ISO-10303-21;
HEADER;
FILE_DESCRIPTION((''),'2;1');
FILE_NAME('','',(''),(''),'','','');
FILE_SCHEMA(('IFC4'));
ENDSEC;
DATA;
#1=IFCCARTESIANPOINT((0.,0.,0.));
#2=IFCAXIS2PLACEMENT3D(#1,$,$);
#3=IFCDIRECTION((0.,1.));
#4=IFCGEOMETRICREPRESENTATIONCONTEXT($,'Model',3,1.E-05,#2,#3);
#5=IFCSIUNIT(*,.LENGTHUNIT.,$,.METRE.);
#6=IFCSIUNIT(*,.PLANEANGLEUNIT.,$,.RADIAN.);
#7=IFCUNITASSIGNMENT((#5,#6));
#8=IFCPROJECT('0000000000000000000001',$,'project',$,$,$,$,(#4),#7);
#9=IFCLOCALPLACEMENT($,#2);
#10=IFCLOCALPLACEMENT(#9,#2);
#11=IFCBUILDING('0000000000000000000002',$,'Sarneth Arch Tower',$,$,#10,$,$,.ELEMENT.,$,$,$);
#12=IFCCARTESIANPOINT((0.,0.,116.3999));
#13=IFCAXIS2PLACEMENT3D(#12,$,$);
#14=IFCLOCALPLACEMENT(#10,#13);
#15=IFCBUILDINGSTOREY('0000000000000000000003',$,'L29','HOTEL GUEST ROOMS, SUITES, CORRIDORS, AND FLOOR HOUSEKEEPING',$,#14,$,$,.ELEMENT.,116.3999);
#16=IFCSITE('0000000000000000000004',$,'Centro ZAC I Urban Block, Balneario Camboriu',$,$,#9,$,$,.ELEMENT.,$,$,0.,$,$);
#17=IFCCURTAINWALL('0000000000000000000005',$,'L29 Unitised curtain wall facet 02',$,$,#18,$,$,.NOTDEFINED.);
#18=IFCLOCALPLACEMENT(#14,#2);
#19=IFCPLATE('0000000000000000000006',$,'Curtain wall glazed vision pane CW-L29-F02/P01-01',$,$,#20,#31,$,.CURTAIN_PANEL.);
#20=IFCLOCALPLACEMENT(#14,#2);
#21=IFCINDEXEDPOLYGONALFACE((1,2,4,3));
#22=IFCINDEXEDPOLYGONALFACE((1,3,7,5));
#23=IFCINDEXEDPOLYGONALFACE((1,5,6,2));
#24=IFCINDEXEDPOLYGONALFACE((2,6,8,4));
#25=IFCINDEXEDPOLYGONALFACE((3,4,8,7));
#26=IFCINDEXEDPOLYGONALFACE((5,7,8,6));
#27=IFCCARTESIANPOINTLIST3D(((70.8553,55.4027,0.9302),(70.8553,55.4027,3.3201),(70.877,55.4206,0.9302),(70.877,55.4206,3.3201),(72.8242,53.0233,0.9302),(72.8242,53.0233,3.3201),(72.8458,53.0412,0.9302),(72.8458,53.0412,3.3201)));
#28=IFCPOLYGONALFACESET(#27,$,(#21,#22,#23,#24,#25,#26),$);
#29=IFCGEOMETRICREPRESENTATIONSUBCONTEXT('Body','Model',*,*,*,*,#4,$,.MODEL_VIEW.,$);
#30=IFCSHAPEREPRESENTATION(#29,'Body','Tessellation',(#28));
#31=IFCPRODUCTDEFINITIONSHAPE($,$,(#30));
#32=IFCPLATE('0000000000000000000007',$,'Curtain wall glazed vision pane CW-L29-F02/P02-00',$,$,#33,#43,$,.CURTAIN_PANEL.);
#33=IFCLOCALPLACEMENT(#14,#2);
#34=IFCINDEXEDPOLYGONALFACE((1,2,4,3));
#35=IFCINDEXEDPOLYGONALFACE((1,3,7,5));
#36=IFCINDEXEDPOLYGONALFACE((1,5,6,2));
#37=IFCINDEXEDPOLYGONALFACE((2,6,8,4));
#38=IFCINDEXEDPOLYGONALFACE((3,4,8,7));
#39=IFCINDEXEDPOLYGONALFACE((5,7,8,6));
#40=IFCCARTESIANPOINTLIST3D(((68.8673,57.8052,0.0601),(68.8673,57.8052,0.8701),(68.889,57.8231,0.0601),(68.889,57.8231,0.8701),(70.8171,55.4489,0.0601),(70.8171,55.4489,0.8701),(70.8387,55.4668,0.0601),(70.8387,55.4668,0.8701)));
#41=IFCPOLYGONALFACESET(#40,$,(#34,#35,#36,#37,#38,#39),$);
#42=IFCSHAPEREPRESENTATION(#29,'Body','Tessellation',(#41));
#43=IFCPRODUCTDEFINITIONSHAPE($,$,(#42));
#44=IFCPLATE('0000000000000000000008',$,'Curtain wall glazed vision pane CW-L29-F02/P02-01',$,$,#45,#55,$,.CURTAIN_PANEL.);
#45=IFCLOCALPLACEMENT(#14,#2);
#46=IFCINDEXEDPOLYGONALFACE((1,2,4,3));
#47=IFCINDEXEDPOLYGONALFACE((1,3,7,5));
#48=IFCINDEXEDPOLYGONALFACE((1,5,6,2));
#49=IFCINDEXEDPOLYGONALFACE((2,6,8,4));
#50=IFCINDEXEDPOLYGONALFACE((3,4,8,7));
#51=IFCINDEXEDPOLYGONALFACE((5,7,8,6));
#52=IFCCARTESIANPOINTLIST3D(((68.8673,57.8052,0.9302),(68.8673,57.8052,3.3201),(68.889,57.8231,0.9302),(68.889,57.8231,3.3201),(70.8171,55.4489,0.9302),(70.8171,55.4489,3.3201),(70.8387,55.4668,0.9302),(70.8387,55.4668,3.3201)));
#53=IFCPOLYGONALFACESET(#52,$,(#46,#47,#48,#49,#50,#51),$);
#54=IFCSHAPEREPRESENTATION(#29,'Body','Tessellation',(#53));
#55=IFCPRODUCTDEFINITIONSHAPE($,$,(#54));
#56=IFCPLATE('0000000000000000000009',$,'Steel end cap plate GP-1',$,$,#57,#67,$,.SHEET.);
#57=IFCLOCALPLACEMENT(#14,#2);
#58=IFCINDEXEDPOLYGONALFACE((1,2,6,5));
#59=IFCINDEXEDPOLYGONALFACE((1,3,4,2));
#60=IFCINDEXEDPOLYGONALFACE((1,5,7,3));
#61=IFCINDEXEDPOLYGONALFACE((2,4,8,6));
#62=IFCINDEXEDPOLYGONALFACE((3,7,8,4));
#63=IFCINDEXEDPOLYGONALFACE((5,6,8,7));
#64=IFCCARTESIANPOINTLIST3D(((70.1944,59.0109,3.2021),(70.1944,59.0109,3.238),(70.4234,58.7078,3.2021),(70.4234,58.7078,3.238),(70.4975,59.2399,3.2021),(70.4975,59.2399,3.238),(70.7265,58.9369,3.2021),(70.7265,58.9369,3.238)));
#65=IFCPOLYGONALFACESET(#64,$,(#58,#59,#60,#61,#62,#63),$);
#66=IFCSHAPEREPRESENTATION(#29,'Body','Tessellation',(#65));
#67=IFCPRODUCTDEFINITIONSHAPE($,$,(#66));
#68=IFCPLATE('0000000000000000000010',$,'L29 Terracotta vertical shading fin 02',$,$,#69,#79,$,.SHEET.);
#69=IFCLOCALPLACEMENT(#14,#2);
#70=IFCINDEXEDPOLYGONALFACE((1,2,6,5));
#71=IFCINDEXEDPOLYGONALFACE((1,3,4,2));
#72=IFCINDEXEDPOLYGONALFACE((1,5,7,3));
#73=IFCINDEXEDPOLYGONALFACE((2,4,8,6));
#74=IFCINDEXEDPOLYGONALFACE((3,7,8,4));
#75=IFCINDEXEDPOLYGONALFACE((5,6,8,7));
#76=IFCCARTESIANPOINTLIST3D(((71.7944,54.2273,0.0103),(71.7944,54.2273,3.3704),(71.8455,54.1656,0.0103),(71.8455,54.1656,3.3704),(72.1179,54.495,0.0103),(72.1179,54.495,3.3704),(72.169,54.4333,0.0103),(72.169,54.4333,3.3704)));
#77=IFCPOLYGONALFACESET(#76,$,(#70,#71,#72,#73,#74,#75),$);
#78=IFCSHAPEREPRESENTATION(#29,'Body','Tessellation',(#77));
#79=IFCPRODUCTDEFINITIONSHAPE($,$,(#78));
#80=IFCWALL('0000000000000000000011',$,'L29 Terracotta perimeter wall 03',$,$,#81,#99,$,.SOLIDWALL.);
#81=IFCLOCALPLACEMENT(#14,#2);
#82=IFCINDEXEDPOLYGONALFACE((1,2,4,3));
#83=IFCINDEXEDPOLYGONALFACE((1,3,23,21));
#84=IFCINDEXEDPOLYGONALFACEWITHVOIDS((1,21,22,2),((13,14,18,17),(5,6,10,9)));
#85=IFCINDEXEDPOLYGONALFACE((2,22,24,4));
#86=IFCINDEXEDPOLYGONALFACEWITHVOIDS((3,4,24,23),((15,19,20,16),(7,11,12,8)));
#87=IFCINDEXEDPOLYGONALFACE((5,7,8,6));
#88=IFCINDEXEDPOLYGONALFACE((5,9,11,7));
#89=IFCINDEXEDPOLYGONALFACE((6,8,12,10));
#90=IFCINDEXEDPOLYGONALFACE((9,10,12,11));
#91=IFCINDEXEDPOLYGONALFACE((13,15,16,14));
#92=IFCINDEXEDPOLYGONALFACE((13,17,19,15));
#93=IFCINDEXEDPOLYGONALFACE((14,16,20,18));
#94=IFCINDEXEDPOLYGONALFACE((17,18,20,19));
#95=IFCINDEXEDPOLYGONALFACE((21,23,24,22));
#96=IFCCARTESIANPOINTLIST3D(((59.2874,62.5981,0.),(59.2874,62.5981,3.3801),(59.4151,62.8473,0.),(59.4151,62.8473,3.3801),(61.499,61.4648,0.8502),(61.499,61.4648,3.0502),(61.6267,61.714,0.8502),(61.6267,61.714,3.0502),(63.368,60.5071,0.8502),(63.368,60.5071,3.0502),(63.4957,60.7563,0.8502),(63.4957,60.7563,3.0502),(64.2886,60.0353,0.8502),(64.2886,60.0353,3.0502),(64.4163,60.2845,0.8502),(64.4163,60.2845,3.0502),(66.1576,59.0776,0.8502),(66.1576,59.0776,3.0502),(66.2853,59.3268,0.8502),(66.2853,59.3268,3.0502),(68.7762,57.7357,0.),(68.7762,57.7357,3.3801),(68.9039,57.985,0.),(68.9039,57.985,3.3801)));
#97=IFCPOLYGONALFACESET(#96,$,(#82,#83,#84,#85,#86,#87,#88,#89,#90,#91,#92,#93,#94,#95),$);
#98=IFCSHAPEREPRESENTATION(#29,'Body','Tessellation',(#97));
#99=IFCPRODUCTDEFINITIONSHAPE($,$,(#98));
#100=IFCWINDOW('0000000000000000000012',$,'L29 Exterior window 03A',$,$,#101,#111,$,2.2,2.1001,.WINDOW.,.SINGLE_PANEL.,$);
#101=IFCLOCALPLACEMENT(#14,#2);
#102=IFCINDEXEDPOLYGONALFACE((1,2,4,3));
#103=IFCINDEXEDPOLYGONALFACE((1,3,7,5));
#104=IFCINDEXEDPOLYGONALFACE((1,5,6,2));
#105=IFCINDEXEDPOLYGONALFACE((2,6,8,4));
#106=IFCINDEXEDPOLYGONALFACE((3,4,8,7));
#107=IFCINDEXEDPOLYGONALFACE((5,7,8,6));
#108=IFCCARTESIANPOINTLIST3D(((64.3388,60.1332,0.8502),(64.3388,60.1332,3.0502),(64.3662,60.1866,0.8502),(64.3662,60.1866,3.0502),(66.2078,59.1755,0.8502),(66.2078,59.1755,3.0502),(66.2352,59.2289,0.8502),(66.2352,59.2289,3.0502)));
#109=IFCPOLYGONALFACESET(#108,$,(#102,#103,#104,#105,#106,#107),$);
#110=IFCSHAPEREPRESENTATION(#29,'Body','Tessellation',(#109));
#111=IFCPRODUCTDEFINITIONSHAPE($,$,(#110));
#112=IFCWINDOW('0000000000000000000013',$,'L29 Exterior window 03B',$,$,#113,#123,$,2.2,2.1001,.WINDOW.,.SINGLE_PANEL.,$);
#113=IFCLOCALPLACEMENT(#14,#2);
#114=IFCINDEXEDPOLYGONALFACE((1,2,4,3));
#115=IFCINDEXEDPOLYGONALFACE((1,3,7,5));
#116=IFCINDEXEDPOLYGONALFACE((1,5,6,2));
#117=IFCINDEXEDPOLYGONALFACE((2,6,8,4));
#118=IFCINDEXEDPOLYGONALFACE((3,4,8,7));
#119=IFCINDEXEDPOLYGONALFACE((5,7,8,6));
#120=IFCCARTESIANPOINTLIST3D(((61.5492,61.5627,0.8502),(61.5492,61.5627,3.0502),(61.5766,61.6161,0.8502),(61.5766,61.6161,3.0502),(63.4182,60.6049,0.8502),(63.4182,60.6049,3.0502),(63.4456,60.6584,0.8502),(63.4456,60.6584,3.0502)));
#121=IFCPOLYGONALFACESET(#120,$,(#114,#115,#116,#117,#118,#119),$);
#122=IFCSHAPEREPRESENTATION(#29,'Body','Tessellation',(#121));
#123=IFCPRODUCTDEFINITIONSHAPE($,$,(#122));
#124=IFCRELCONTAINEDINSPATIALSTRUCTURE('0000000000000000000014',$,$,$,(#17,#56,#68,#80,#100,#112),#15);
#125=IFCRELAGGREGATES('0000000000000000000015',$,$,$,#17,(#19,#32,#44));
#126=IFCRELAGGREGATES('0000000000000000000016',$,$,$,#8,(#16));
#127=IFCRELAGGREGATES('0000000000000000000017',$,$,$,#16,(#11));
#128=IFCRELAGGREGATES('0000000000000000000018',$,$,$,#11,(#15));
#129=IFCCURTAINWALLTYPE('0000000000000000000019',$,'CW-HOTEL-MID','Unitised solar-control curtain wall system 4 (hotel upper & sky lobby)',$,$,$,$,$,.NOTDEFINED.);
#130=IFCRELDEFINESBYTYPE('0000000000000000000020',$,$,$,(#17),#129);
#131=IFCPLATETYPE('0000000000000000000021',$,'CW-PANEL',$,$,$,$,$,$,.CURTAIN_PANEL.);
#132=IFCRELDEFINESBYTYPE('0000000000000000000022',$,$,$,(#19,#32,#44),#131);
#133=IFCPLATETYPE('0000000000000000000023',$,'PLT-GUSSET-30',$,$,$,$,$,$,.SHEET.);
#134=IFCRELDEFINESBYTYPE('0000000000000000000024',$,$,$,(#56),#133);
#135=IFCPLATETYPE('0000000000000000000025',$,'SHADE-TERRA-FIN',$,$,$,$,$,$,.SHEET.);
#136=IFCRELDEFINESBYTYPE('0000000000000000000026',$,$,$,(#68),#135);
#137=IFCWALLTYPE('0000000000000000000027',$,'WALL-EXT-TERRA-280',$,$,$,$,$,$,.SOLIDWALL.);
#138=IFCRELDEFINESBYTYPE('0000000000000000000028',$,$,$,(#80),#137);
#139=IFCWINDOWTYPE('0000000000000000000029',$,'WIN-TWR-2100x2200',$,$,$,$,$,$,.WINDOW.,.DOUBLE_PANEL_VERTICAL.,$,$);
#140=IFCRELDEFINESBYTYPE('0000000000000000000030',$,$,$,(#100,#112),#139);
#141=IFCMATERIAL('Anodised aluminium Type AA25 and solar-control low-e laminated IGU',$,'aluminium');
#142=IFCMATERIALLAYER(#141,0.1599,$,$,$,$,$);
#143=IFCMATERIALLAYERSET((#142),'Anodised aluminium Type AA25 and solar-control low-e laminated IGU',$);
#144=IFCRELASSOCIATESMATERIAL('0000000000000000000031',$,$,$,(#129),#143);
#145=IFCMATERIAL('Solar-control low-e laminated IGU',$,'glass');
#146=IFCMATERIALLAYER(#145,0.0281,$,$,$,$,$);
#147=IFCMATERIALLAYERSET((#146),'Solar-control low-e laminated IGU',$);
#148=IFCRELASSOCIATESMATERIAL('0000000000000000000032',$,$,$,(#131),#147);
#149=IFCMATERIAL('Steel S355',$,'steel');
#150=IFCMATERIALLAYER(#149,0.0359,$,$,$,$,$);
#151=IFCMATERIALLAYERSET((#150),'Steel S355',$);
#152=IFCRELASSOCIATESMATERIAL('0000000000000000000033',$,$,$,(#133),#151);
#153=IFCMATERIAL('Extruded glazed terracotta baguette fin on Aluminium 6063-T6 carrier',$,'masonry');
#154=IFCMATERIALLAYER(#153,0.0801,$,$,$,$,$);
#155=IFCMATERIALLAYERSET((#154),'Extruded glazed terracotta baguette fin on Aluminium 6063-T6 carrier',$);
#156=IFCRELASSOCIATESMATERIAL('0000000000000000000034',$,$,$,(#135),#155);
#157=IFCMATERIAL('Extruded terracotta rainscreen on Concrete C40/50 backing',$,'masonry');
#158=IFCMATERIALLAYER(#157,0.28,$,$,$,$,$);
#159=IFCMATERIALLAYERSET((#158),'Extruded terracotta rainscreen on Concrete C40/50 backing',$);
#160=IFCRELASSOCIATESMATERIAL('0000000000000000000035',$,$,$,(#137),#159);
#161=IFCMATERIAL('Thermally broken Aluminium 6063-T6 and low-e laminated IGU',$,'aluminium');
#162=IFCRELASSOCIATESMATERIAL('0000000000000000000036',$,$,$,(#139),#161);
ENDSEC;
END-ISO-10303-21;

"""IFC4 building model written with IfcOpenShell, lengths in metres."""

from ifc_helpers import new_model, si_unit, direction, frame, frame_2d, origin, origin_2d, place, context, subcontext, project, spatial, rectangle, extrude, material, layer, layer_set, type_object, element, fill, aggregate, save


model = new_model("IFC4")

# Units and contexts
model_context = context("Model", 3, precision=1e-05, world=origin(), true_north=direction((0.0, 1.0)))
body_context = subcontext(model_context, "Body", "Model", "MODEL_VIEW")
ifc_project = project(units=[si_unit("LENGTHUNIT", "METRE"), si_unit("PLANEANGLEUNIT", "RADIAN")], contexts=[model_context])

# Site, building, storey
site_placement = place(None, origin())
site = spatial("IfcSite", under=ifc_project, at=site_placement, Name="Centro ZAC I Urban Block, Balneario Camboriu", CompositionType="ELEMENT", RefElevation=0.0)
building_placement = place(site_placement, origin())
building = spatial("IfcBuilding", under=site, at=building_placement, Name="Sarneth Arch Tower", CompositionType="ELEMENT")
storey_placement = place(building_placement, frame((0.0, 0.0, 116.3999)))
storey = spatial("IfcBuildingStorey", under=building, at=storey_placement, Name="L29", Description="HOTEL GUEST ROOMS, SUITES, CORRIDORS, AND FLOOR HOUSEKEEPING", CompositionType="ELEMENT", Elevation=116.3999)

# Curtain wall
ifc_material_1 = material(Name="Anodised aluminium Type AA25 and solar-control low-e laminated IGU", Category="aluminium")
ifc_layer_1 = layer(ifc_material_1, 0.1599)
ifc_layer_set_1 = layer_set([ifc_layer_1], Name="Anodised aluminium Type AA25 and solar-control low-e laminated IGU")
curtain_wall_type = type_object("IfcCurtainWallType", Name="CW-HOTEL-MID", Description="Unitised solar-control curtain wall system 4 (hotel upper & sky lobby)", PredefinedType="NOTDEFINED", material=ifc_layer_set_1)
curtain_wall_placement = place(storey_placement, origin())
curtain_wall = element("IfcCurtainWall", 1, at=curtain_wall_placement, inside=storey, type_object=curtain_wall_type, Name="L29 Unitised curtain wall facet 02", PredefinedType="NOTDEFINED")

# Plates
ifc_material_2 = material(Name="Solar-control low-e laminated IGU", Category="glass")
ifc_layer_2 = layer(ifc_material_2, 0.0281)
ifc_layer_set_2 = layer_set([ifc_layer_2], Name="Solar-control low-e laminated IGU")
plate_type_1 = type_object("IfcPlateType", Name="CW-PANEL", PredefinedType="CURTAIN_PANEL", material=ifc_layer_set_2)
plate_1_placement = place(storey_placement, frame((71.8506, 54.2219, 0.9302), z_axis=(0.0, 0.0, 1.0), x_axis=(-0.637515, 0.770438, 0.0)))
plate_1 = element("IfcPlate", 2, at=plate_1_placement, type_object=plate_type_1, Name="Curtain wall glazed vision pane CW-L29-F02/P01-01", PredefinedType="CURTAIN_PANEL", context=body_context, shape_type="SweptSolid", body=[
    extrude(rectangle(XDim=3.0884, YDim=0.0281, at=origin_2d()), origin(), (0.0, 0.0, 1.0), 2.3899),
])
plate_2_placement = place(storey_placement, frame((69.853, 56.636, 0.0601), z_axis=(0.0, 0.0, 1.0), x_axis=(-0.637515, 0.770438, 0.0)))
plate_2 = element("IfcPlate", 3, at=plate_2_placement, type_object=plate_type_1, Name="Curtain wall glazed vision pane CW-L29-F02/P02-00", PredefinedType="CURTAIN_PANEL", context=body_context, shape_type="SweptSolid", body=[
    extrude(rectangle(XDim=3.0583, YDim=0.0281, at=origin_2d()), origin(), (0.0, 0.0, 1.0), 0.8101),
])
plate_3_placement = place(storey_placement, frame((69.853, 56.636, 0.9302), z_axis=(0.0, 0.0, 1.0), x_axis=(-0.637515, 0.770438, 0.0)))
plate_3 = element("IfcPlate", 4, at=plate_3_placement, type_object=plate_type_1, Name="Curtain wall glazed vision pane CW-L29-F02/P02-01", PredefinedType="CURTAIN_PANEL", context=body_context, shape_type="SweptSolid", body=[
    extrude(rectangle(XDim=3.0583, YDim=0.0281, at=origin_2d()), origin(), (0.0, 0.0, 1.0), 2.3899),
])
aggregate(curtain_wall, [plate_1, plate_2, plate_3])

# Plates
ifc_material_3 = material(Name="Steel S355", Category="steel")
ifc_layer_3 = layer(ifc_material_3, 0.0359)
ifc_layer_set_3 = layer_set([ifc_layer_3], Name="Steel S355")
plate_type_2 = type_object("IfcPlateType", Name="PLT-GUSSET-30", PredefinedType="SHEET", material=ifc_layer_set_3)
plate_4_placement = place(storey_placement, frame((70.4604, 58.9739, 3.2021), z_axis=(0.0, 0.0, 1.0), x_axis=(0.797794, 0.60293, 0.0)))
element("IfcPlate", 5, at=plate_4_placement, inside=storey, type_object=plate_type_2, Name="Steel end cap plate GP-1", PredefinedType="SHEET", context=body_context, shape_type="SweptSolid", body=[
    extrude(rectangle(XDim=0.3799, YDim=0.3799, at=origin_2d()), origin(), (0.0, 0.0, 1.0), 0.0359),
])
ifc_material_4 = material(Name="Extruded glazed terracotta baguette fin on Aluminium 6063-T6 carrier", Category="masonry")
ifc_layer_4 = layer(ifc_material_4, 0.0801)
ifc_layer_set_4 = layer_set([ifc_layer_4], Name="Extruded glazed terracotta baguette fin on Aluminium 6063-T6 carrier")
plate_type_3 = type_object("IfcPlateType", Name="SHADE-TERRA-FIN", PredefinedType="SHEET", material=ifc_layer_set_4)
plate_5_placement = place(storey_placement, frame((71.9817, 54.3303, 0.0103), z_axis=(0.0, 0.0, 1.0), x_axis=(0.770402, 0.637558, 0.0)))
element("IfcPlate", 6, at=plate_5_placement, inside=storey, type_object=plate_type_3, Name="L29 Terracotta vertical shading fin 02", PredefinedType="SHEET", context=body_context, shape_type="SweptSolid", body=[
    extrude(rectangle(XDim=0.4199, YDim=0.0801, at=origin_2d()), origin(), (0.0, 0.0, 1.0), 3.3601),
])

# Wall, openings, windows
ifc_material_5 = material(Name="Extruded terracotta rainscreen on Concrete C40/50 backing", Category="masonry")
ifc_layer_5 = layer(ifc_material_5, 0.28)
ifc_layer_set_5 = layer_set([ifc_layer_5], Name="Extruded terracotta rainscreen on Concrete C40/50 backing")
wall_type = type_object("IfcWallType", Name="WALL-EXT-TERRA-280", PredefinedType="SOLIDWALL", material=ifc_layer_set_5)
wall_placement = place(storey_placement, frame((68.8401, 57.8604, 0.0), z_axis=(0.0, 0.0, 1.0), x_axis=(-0.88996, 0.45604, 0.0)))
wall = element("IfcWall", 7, at=wall_placement, inside=storey, type_object=wall_type, Name="L29 Terracotta perimeter wall 03", PredefinedType="SOLIDWALL", context=body_context, shape_type="SweptSolid", body=[
    extrude(rectangle(XDim=10.6621, YDim=0.28, at=frame_2d((5.3311, 0.0))), origin(), (0.0, 0.0, 1.0), 3.3801),
])
opening_1_placement = place(wall_placement, frame((2.9424, 0.0, 0.8501)))
opening_1 = element("IfcOpeningElement", 8, at=opening_1_placement, cuts=wall, PredefinedType="OPENING", context=body_context, shape_type="SweptSolid", body=[
    extrude(rectangle(XDim=2.1001, YDim=2.2, at=frame_2d((1.05, 1.1001))), frame((0.0, 0.1499, 0.0), z_axis=(0.0, -1.0, 0.0), x_axis=(1.0, 0.0, 0.0)), (0.0, 0.0, 1.0), 0.3),
])
opening_2_placement = place(wall_placement, frame((6.0769, 0.0, 0.8501)))
opening_2 = element("IfcOpeningElement", 9, at=opening_2_placement, cuts=wall, PredefinedType="OPENING", context=body_context, shape_type="SweptSolid", body=[
    extrude(rectangle(XDim=2.1001, YDim=2.2, at=frame_2d((1.05, 1.1001))), frame((0.0, 0.1499, 0.0), z_axis=(0.0, -1.0, 0.0), x_axis=(1.0, 0.0, 0.0)), (0.0, 0.0, 1.0), 0.3),
])
ifc_material_6 = material(Name="Thermally broken Aluminium 6063-T6 and low-e laminated IGU", Category="aluminium")
window_type = type_object("IfcWindowType", Name="WIN-TWR-2100x2200", PartitioningType="DOUBLE_PANEL_VERTICAL", PredefinedType="WINDOW", material=ifc_material_6)
window_1_placement = place(opening_1_placement, origin())
window_1 = element("IfcWindow", 10, at=window_1_placement, inside=storey, type_object=window_type, Name="L29 Exterior window 03A", OverallHeight=2.2, OverallWidth=2.1001, PartitioningType="SINGLE_PANEL", PredefinedType="WINDOW", context=body_context, shape_type="SweptSolid", body=[
    extrude(rectangle(XDim=2.1001, YDim=2.2, at=frame_2d((1.05, 1.1001))), frame((0.0, 0.03, 0.0), z_axis=(0.0, -1.0, 0.0), x_axis=(1.0, 0.0, 0.0)), (0.0, 0.0, 1.0), 0.0601),
])
fill(opening_1, window_1)
window_2_placement = place(opening_2_placement, origin())
window_2 = element("IfcWindow", 11, at=window_2_placement, inside=storey, type_object=window_type, Name="L29 Exterior window 03B", OverallHeight=2.2, OverallWidth=2.1001, PartitioningType="SINGLE_PANEL", PredefinedType="WINDOW", context=body_context, shape_type="SweptSolid", body=[
    extrude(rectangle(XDim=2.1001, YDim=2.2, at=frame_2d((1.05, 1.1001))), frame((0.0, 0.03, 0.0), z_axis=(0.0, -1.0, 0.0), x_axis=(1.0, 0.0, 0.0)), (0.0, 0.0, 1.0), 0.0601),
])
fill(opening_2, window_2)

save(model, "model.ifc")
